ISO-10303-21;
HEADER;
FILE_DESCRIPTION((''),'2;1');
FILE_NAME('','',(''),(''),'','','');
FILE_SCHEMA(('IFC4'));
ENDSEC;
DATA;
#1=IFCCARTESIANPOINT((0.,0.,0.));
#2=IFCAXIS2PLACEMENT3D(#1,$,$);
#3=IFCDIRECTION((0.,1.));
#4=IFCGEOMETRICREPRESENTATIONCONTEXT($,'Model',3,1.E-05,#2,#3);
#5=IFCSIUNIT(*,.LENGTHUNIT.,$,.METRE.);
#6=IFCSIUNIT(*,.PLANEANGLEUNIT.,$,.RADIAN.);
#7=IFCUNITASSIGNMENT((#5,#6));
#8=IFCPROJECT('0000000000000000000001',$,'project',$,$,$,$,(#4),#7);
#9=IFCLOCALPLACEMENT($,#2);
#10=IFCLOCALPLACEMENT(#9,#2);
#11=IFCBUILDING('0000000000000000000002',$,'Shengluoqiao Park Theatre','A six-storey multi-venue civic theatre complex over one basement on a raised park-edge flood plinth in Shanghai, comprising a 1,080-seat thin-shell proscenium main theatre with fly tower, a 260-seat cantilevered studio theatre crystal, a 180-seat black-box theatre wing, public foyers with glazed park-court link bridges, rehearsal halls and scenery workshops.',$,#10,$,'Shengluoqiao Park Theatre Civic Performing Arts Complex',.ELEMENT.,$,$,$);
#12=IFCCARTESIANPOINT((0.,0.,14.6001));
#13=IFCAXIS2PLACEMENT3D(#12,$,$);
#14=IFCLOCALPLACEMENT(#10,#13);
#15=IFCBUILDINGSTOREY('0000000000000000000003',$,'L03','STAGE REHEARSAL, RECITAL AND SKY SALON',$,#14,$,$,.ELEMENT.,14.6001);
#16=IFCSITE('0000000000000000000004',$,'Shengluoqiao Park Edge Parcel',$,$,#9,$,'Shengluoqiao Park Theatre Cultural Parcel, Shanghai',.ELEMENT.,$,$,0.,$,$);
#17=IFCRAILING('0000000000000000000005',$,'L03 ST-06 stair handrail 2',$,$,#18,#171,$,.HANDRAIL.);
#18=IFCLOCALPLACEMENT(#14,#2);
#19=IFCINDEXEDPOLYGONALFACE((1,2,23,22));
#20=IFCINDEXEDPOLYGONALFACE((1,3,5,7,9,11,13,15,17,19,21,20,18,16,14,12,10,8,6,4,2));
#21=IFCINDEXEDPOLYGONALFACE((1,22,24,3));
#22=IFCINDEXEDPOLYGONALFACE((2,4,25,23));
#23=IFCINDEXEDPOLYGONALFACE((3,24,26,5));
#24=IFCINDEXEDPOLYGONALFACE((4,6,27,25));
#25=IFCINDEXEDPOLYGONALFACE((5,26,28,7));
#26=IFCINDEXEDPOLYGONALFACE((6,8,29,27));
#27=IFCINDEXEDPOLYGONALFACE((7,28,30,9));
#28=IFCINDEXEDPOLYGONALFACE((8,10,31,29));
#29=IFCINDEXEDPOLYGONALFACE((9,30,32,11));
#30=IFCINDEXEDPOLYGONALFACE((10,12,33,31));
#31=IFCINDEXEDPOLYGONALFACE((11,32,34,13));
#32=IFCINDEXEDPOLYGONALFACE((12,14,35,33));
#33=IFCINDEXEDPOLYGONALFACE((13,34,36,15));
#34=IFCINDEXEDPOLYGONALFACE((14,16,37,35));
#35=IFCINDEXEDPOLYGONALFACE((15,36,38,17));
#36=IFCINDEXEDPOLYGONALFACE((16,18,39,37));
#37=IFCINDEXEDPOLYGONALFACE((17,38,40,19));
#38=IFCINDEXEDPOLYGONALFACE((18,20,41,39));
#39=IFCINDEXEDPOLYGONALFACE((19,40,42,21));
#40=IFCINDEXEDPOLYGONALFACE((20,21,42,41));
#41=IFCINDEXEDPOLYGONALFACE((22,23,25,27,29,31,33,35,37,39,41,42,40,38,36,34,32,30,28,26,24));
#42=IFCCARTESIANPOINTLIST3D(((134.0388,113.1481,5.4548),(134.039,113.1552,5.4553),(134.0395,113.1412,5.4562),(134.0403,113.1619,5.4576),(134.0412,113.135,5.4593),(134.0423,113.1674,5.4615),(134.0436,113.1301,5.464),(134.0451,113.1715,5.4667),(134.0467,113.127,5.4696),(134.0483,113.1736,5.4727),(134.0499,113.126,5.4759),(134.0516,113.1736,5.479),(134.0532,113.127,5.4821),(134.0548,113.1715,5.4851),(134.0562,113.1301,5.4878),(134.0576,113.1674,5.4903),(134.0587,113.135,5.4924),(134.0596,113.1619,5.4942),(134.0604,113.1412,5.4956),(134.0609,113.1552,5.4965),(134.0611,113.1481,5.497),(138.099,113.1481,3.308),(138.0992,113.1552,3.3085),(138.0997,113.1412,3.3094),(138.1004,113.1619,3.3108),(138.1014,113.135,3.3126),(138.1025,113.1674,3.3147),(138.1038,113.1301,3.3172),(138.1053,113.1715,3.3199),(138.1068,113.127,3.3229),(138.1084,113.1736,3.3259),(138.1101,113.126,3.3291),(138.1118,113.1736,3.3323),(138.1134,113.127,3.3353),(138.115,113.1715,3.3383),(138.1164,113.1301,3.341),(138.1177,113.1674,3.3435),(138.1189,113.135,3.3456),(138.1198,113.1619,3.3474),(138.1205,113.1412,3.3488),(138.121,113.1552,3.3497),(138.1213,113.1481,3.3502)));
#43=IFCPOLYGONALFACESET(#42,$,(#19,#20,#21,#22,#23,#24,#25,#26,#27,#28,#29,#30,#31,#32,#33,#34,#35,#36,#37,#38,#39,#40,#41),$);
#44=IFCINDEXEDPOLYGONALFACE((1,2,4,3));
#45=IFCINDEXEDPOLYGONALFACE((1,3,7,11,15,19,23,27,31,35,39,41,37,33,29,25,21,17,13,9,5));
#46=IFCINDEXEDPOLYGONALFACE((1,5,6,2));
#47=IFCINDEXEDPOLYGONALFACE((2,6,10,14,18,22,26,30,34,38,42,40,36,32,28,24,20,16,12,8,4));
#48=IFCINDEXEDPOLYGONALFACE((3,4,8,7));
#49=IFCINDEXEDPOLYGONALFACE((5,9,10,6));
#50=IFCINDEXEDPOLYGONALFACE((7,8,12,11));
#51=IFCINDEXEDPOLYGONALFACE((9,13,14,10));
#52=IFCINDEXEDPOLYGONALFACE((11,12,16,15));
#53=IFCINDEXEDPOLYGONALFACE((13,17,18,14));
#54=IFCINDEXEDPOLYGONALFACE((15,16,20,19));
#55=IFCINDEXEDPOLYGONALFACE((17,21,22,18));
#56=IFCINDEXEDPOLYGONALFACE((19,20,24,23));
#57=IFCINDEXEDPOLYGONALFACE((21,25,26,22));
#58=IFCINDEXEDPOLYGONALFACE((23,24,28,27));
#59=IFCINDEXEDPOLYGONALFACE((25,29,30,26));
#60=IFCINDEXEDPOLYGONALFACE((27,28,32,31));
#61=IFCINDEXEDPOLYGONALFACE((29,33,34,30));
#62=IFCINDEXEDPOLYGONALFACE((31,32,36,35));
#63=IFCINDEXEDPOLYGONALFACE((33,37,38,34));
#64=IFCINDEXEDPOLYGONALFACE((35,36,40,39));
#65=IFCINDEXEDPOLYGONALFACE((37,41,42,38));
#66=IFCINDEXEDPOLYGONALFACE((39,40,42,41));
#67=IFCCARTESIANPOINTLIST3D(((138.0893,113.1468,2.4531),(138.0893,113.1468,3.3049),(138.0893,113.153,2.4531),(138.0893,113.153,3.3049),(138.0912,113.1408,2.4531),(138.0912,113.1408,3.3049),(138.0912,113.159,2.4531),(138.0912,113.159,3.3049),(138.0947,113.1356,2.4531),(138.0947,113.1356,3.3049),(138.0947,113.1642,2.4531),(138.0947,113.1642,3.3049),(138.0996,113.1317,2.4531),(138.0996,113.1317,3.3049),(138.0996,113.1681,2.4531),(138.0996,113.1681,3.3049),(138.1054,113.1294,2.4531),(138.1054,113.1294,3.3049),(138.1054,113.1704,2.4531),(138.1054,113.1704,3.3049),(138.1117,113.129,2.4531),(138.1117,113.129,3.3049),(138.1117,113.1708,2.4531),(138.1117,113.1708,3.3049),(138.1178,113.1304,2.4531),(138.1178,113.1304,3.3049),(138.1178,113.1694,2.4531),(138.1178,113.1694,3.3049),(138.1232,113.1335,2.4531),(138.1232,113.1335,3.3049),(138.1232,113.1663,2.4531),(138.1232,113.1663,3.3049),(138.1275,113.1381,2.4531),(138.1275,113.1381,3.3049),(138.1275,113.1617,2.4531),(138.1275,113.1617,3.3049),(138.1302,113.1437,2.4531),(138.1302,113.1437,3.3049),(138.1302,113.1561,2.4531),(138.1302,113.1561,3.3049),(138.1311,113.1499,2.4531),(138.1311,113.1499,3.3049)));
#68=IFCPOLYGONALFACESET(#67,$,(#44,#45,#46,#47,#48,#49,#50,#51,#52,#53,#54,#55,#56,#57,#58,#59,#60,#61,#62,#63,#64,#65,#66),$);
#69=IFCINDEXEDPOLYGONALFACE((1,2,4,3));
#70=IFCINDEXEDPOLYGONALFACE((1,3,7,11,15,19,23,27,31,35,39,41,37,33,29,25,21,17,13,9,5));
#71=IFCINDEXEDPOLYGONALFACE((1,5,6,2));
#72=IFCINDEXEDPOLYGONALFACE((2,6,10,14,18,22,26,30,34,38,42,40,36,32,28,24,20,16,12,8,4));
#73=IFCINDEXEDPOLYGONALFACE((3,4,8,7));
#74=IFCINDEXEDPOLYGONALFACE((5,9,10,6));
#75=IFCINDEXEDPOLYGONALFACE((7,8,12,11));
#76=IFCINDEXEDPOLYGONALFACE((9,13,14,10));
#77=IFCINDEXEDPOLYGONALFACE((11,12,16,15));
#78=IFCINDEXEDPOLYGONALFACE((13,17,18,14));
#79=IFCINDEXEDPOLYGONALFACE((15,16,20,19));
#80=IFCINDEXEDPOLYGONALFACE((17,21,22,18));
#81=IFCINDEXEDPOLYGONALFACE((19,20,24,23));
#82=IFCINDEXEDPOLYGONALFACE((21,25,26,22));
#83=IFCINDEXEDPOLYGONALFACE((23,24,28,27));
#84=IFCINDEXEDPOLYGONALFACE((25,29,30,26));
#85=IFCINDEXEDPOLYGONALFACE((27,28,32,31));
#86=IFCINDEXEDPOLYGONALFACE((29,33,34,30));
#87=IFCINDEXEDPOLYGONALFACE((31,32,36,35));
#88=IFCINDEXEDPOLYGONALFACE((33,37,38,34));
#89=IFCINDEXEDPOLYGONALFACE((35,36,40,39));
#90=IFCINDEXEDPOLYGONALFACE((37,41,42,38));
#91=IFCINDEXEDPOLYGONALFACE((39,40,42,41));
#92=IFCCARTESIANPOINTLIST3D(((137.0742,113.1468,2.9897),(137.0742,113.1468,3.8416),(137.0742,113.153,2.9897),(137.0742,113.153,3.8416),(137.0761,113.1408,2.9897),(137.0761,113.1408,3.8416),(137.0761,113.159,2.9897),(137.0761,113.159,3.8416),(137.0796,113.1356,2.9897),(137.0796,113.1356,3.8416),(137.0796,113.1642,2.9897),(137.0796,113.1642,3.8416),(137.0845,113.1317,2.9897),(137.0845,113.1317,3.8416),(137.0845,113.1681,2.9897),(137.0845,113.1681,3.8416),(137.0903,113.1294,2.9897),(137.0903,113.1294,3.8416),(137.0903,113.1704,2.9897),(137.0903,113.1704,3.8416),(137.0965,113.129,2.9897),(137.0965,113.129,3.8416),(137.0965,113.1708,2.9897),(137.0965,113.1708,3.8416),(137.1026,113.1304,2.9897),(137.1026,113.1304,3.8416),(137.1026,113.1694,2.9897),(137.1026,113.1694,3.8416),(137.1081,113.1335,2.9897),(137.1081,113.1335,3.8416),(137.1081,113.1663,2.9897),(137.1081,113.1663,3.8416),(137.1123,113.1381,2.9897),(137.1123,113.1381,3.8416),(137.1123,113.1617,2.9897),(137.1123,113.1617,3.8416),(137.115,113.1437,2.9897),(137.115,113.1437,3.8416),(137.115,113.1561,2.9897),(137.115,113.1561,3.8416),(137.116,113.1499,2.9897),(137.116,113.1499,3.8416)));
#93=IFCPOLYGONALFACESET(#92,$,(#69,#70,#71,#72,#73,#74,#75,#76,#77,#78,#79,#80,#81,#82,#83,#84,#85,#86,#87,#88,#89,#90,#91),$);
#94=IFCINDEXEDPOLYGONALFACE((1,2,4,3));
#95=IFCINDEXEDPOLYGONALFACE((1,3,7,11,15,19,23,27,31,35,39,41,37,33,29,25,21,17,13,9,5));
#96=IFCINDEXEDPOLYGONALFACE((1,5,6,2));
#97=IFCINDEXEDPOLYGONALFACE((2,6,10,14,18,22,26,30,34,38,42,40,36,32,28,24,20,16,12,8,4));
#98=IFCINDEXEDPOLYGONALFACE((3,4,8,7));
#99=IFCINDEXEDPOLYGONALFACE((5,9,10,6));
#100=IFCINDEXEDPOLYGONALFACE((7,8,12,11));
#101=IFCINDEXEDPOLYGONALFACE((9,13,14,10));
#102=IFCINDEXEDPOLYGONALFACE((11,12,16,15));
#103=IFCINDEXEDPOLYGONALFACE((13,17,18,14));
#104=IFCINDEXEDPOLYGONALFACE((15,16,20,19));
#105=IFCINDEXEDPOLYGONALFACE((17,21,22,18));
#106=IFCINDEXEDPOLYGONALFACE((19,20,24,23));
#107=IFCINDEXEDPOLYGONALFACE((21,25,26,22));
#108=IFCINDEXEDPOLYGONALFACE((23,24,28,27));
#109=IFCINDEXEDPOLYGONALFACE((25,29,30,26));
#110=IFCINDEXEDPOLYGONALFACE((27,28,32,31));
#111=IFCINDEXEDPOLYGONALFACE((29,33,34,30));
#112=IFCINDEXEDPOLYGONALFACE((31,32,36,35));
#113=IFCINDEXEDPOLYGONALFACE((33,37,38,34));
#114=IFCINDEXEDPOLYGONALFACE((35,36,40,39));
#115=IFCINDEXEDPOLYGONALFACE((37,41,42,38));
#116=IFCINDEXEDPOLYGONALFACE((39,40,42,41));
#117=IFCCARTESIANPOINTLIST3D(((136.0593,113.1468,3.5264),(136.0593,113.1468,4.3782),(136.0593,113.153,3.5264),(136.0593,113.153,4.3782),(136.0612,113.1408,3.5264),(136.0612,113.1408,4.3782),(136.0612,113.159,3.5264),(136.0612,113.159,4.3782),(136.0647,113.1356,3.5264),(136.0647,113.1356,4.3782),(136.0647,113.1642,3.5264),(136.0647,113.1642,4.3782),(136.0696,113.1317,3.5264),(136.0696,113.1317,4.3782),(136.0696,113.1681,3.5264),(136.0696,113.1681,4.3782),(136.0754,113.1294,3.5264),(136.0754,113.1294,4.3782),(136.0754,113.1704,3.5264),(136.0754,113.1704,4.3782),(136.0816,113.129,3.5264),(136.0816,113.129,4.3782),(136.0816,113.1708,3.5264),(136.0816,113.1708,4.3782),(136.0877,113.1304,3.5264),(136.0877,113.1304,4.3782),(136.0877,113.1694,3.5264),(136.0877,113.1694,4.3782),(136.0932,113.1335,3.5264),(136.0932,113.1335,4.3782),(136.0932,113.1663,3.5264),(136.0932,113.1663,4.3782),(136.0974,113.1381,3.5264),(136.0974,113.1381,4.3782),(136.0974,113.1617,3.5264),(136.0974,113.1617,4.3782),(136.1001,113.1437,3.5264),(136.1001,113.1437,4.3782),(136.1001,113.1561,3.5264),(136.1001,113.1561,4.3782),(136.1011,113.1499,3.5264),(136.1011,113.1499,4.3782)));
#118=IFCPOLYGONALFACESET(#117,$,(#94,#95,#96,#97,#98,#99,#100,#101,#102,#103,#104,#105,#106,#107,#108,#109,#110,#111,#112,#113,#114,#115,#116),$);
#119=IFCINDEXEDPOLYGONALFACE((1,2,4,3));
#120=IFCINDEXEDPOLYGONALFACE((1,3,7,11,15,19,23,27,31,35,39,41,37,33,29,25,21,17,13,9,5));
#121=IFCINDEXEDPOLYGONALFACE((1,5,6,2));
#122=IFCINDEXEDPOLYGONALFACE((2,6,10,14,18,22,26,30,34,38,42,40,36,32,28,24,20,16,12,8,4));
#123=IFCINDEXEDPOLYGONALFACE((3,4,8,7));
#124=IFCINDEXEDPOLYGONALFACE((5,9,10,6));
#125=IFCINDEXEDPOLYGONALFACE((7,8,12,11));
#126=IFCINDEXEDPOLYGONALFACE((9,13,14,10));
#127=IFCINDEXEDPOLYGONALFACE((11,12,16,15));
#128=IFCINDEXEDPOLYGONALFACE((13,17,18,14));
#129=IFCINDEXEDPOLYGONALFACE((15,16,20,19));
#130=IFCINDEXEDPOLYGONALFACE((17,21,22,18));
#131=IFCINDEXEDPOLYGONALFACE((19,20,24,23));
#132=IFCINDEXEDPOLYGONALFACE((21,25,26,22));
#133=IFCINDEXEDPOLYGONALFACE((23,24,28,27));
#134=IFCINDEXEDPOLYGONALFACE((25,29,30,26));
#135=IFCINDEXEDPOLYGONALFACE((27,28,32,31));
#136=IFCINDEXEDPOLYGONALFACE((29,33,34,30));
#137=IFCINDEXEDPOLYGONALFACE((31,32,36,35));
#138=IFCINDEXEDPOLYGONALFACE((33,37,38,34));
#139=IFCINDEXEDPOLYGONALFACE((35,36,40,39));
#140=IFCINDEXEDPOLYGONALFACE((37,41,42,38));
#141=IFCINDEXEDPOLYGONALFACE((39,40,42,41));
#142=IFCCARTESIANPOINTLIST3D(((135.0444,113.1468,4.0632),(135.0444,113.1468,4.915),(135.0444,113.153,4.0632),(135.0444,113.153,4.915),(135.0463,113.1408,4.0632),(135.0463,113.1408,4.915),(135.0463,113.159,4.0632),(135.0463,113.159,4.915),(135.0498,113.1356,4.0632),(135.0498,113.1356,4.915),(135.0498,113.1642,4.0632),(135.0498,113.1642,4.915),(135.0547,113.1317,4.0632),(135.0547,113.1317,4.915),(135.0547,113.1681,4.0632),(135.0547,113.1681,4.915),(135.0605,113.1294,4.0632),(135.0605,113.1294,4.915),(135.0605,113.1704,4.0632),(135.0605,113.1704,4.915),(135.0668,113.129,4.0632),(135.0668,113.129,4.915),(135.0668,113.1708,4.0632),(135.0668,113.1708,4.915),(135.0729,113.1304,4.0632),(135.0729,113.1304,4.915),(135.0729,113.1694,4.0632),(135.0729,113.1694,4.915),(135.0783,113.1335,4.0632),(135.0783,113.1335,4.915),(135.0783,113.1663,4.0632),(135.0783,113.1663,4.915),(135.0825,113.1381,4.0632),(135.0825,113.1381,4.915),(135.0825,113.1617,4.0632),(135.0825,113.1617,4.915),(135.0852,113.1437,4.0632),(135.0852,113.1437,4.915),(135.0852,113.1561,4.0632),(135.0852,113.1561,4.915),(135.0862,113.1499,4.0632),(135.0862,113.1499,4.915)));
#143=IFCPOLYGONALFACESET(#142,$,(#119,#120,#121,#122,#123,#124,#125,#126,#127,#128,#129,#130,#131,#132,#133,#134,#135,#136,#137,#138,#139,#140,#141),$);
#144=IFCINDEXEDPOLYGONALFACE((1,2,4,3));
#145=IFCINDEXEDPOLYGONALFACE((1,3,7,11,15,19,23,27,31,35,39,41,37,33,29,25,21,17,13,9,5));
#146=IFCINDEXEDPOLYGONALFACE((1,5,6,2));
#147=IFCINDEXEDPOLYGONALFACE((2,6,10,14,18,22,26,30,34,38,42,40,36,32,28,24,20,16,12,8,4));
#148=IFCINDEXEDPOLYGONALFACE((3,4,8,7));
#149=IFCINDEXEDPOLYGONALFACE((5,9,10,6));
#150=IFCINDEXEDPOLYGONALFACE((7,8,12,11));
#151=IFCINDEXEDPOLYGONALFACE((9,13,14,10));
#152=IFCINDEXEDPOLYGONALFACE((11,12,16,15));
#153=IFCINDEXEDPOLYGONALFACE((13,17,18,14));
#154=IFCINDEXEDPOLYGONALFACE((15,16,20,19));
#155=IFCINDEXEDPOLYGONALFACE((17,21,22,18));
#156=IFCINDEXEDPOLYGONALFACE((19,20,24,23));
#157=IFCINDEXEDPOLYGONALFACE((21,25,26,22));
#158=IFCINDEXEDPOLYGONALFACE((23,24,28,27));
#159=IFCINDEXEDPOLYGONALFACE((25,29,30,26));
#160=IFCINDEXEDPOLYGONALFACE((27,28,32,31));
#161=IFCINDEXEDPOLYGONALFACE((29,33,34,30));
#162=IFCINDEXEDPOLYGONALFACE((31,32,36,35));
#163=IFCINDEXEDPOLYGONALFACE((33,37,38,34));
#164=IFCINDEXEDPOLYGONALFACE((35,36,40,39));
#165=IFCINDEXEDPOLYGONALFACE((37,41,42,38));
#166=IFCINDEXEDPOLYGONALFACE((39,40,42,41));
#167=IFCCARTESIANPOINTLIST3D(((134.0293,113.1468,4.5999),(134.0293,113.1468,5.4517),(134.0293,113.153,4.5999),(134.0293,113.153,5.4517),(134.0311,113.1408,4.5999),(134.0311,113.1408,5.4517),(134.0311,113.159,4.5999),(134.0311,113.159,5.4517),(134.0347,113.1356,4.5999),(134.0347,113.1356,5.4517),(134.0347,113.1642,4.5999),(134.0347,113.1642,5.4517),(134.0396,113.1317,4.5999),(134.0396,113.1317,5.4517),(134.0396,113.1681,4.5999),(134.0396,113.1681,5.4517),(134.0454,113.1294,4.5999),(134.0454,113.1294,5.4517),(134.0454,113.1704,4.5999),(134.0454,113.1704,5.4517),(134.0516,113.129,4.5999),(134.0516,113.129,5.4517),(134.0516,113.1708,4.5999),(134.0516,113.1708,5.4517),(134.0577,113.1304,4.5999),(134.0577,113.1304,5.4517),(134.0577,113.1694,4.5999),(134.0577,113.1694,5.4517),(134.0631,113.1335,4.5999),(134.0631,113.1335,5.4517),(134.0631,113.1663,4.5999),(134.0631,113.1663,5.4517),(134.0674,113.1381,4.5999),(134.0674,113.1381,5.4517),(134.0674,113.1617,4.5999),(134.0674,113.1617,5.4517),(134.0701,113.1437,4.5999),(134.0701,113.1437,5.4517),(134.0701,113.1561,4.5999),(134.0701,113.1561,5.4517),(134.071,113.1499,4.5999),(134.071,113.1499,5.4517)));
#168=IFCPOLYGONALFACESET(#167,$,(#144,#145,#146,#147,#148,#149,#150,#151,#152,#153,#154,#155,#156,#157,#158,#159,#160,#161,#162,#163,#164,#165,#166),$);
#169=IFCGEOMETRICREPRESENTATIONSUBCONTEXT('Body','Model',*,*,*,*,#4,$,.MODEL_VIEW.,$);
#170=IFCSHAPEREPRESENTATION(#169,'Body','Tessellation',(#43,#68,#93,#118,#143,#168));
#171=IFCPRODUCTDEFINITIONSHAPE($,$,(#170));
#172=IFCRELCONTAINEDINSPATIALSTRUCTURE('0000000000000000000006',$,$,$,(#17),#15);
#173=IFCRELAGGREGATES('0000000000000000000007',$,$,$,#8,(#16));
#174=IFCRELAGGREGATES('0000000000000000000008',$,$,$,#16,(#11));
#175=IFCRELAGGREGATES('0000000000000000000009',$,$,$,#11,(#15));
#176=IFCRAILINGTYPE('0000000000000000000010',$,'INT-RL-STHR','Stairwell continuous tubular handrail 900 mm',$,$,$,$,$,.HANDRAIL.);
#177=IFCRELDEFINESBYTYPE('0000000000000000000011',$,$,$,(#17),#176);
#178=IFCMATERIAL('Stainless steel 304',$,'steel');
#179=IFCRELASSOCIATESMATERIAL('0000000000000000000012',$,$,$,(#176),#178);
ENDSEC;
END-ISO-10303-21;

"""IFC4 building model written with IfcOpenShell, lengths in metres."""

from ifc_helpers import new_model, si_unit, direction, frame, origin, origin_2d, place, context, subcontext, project, spatial, circle, extrude, material, type_object, element, save


model = new_model("IFC4")

# Units and contexts
model_context = context("Model", 3, precision=1e-05, world=origin(), true_north=direction((0.0, 1.0)))
body_context = subcontext(model_context, "Body", "Model", "MODEL_VIEW")
ifc_project = project(units=[si_unit("LENGTHUNIT", "METRE"), si_unit("PLANEANGLEUNIT", "RADIAN")], contexts=[model_context])

# Site, building, storey
site_placement = place(None, origin())
site = spatial("IfcSite", under=ifc_project, at=site_placement, Name="Shengluoqiao Park Edge Parcel", LongName="Shengluoqiao Park Theatre Cultural Parcel, Shanghai", CompositionType="ELEMENT", RefElevation=0.0)
building_placement = place(site_placement, origin())
building = spatial("IfcBuilding", under=site, at=building_placement, Name="Shengluoqiao Park Theatre", Description="A six-storey multi-venue civic theatre complex over one basement on a raised park-edge flood plinth in Shanghai, comprising a 1,080-seat thin-shell proscenium main theatre with fly tower, a 260-seat cantilevered studio theatre crystal, a 180-seat black-box theatre wing, public foyers with glazed park-court link bridges, rehearsal halls and scenery workshops.", LongName="Shengluoqiao Park Theatre Civic Performing Arts Complex", CompositionType="ELEMENT")
storey_placement = place(building_placement, frame((0.0, 0.0, 14.6001)))
storey = spatial("IfcBuildingStorey", under=building, at=storey_placement, Name="L03", Description="STAGE REHEARSAL, RECITAL AND SKY SALON", CompositionType="ELEMENT", Elevation=14.6001)

# Railing
ifc_material_1 = material(Name="Stainless steel 304", Category="steel")
railing_type_1 = type_object("IfcRailingType", Name="INT-RL-STHR", Description="Stairwell continuous tubular handrail 900 mm", PredefinedType="HANDRAIL", material=ifc_material_1)
railing_1_placement = place(storey_placement, frame((138.1101, 113.1499, 2.4531)))
element("IfcRailing", 1, at=railing_1_placement, inside=storey, type_object=railing_type_1, Name="L03 ST-06 stair handrail 2", PredefinedType="HANDRAIL", context=body_context, shape_type="SweptSolid", body=[
    extrude(circle(Radius=0.0239, at=origin_2d()), frame((0.0, 0.0, 0.876), z_axis=(-0.884032, 0.0, 0.467426), x_axis=(0.0, -1.0, 0.0)), (0.0, 0.0, 1.0), 4.5928),
    extrude(circle(Radius=0.021, at=origin_2d()), origin(), (0.0, 0.0, 1.0), 0.8518),
    extrude(circle(Radius=0.021, at=origin_2d()), frame((-1.0151, 0.0, 0.5366)), (0.0, 0.0, 1.0), 0.8518),
    extrude(circle(Radius=0.021, at=origin_2d()), frame((-2.03, 0.0, 1.0732)), (0.0, 0.0, 1.0), 0.8518),
    extrude(circle(Radius=0.021, at=origin_2d()), frame((-3.0449, 0.0, 1.6101)), (0.0, 0.0, 1.0), 0.8518),
    extrude(circle(Radius=0.021, at=origin_2d()), frame((-4.0601, 0.0, 2.1467)), (0.0, 0.0, 1.0), 0.8518),
])

save(model, "model.ifc")
